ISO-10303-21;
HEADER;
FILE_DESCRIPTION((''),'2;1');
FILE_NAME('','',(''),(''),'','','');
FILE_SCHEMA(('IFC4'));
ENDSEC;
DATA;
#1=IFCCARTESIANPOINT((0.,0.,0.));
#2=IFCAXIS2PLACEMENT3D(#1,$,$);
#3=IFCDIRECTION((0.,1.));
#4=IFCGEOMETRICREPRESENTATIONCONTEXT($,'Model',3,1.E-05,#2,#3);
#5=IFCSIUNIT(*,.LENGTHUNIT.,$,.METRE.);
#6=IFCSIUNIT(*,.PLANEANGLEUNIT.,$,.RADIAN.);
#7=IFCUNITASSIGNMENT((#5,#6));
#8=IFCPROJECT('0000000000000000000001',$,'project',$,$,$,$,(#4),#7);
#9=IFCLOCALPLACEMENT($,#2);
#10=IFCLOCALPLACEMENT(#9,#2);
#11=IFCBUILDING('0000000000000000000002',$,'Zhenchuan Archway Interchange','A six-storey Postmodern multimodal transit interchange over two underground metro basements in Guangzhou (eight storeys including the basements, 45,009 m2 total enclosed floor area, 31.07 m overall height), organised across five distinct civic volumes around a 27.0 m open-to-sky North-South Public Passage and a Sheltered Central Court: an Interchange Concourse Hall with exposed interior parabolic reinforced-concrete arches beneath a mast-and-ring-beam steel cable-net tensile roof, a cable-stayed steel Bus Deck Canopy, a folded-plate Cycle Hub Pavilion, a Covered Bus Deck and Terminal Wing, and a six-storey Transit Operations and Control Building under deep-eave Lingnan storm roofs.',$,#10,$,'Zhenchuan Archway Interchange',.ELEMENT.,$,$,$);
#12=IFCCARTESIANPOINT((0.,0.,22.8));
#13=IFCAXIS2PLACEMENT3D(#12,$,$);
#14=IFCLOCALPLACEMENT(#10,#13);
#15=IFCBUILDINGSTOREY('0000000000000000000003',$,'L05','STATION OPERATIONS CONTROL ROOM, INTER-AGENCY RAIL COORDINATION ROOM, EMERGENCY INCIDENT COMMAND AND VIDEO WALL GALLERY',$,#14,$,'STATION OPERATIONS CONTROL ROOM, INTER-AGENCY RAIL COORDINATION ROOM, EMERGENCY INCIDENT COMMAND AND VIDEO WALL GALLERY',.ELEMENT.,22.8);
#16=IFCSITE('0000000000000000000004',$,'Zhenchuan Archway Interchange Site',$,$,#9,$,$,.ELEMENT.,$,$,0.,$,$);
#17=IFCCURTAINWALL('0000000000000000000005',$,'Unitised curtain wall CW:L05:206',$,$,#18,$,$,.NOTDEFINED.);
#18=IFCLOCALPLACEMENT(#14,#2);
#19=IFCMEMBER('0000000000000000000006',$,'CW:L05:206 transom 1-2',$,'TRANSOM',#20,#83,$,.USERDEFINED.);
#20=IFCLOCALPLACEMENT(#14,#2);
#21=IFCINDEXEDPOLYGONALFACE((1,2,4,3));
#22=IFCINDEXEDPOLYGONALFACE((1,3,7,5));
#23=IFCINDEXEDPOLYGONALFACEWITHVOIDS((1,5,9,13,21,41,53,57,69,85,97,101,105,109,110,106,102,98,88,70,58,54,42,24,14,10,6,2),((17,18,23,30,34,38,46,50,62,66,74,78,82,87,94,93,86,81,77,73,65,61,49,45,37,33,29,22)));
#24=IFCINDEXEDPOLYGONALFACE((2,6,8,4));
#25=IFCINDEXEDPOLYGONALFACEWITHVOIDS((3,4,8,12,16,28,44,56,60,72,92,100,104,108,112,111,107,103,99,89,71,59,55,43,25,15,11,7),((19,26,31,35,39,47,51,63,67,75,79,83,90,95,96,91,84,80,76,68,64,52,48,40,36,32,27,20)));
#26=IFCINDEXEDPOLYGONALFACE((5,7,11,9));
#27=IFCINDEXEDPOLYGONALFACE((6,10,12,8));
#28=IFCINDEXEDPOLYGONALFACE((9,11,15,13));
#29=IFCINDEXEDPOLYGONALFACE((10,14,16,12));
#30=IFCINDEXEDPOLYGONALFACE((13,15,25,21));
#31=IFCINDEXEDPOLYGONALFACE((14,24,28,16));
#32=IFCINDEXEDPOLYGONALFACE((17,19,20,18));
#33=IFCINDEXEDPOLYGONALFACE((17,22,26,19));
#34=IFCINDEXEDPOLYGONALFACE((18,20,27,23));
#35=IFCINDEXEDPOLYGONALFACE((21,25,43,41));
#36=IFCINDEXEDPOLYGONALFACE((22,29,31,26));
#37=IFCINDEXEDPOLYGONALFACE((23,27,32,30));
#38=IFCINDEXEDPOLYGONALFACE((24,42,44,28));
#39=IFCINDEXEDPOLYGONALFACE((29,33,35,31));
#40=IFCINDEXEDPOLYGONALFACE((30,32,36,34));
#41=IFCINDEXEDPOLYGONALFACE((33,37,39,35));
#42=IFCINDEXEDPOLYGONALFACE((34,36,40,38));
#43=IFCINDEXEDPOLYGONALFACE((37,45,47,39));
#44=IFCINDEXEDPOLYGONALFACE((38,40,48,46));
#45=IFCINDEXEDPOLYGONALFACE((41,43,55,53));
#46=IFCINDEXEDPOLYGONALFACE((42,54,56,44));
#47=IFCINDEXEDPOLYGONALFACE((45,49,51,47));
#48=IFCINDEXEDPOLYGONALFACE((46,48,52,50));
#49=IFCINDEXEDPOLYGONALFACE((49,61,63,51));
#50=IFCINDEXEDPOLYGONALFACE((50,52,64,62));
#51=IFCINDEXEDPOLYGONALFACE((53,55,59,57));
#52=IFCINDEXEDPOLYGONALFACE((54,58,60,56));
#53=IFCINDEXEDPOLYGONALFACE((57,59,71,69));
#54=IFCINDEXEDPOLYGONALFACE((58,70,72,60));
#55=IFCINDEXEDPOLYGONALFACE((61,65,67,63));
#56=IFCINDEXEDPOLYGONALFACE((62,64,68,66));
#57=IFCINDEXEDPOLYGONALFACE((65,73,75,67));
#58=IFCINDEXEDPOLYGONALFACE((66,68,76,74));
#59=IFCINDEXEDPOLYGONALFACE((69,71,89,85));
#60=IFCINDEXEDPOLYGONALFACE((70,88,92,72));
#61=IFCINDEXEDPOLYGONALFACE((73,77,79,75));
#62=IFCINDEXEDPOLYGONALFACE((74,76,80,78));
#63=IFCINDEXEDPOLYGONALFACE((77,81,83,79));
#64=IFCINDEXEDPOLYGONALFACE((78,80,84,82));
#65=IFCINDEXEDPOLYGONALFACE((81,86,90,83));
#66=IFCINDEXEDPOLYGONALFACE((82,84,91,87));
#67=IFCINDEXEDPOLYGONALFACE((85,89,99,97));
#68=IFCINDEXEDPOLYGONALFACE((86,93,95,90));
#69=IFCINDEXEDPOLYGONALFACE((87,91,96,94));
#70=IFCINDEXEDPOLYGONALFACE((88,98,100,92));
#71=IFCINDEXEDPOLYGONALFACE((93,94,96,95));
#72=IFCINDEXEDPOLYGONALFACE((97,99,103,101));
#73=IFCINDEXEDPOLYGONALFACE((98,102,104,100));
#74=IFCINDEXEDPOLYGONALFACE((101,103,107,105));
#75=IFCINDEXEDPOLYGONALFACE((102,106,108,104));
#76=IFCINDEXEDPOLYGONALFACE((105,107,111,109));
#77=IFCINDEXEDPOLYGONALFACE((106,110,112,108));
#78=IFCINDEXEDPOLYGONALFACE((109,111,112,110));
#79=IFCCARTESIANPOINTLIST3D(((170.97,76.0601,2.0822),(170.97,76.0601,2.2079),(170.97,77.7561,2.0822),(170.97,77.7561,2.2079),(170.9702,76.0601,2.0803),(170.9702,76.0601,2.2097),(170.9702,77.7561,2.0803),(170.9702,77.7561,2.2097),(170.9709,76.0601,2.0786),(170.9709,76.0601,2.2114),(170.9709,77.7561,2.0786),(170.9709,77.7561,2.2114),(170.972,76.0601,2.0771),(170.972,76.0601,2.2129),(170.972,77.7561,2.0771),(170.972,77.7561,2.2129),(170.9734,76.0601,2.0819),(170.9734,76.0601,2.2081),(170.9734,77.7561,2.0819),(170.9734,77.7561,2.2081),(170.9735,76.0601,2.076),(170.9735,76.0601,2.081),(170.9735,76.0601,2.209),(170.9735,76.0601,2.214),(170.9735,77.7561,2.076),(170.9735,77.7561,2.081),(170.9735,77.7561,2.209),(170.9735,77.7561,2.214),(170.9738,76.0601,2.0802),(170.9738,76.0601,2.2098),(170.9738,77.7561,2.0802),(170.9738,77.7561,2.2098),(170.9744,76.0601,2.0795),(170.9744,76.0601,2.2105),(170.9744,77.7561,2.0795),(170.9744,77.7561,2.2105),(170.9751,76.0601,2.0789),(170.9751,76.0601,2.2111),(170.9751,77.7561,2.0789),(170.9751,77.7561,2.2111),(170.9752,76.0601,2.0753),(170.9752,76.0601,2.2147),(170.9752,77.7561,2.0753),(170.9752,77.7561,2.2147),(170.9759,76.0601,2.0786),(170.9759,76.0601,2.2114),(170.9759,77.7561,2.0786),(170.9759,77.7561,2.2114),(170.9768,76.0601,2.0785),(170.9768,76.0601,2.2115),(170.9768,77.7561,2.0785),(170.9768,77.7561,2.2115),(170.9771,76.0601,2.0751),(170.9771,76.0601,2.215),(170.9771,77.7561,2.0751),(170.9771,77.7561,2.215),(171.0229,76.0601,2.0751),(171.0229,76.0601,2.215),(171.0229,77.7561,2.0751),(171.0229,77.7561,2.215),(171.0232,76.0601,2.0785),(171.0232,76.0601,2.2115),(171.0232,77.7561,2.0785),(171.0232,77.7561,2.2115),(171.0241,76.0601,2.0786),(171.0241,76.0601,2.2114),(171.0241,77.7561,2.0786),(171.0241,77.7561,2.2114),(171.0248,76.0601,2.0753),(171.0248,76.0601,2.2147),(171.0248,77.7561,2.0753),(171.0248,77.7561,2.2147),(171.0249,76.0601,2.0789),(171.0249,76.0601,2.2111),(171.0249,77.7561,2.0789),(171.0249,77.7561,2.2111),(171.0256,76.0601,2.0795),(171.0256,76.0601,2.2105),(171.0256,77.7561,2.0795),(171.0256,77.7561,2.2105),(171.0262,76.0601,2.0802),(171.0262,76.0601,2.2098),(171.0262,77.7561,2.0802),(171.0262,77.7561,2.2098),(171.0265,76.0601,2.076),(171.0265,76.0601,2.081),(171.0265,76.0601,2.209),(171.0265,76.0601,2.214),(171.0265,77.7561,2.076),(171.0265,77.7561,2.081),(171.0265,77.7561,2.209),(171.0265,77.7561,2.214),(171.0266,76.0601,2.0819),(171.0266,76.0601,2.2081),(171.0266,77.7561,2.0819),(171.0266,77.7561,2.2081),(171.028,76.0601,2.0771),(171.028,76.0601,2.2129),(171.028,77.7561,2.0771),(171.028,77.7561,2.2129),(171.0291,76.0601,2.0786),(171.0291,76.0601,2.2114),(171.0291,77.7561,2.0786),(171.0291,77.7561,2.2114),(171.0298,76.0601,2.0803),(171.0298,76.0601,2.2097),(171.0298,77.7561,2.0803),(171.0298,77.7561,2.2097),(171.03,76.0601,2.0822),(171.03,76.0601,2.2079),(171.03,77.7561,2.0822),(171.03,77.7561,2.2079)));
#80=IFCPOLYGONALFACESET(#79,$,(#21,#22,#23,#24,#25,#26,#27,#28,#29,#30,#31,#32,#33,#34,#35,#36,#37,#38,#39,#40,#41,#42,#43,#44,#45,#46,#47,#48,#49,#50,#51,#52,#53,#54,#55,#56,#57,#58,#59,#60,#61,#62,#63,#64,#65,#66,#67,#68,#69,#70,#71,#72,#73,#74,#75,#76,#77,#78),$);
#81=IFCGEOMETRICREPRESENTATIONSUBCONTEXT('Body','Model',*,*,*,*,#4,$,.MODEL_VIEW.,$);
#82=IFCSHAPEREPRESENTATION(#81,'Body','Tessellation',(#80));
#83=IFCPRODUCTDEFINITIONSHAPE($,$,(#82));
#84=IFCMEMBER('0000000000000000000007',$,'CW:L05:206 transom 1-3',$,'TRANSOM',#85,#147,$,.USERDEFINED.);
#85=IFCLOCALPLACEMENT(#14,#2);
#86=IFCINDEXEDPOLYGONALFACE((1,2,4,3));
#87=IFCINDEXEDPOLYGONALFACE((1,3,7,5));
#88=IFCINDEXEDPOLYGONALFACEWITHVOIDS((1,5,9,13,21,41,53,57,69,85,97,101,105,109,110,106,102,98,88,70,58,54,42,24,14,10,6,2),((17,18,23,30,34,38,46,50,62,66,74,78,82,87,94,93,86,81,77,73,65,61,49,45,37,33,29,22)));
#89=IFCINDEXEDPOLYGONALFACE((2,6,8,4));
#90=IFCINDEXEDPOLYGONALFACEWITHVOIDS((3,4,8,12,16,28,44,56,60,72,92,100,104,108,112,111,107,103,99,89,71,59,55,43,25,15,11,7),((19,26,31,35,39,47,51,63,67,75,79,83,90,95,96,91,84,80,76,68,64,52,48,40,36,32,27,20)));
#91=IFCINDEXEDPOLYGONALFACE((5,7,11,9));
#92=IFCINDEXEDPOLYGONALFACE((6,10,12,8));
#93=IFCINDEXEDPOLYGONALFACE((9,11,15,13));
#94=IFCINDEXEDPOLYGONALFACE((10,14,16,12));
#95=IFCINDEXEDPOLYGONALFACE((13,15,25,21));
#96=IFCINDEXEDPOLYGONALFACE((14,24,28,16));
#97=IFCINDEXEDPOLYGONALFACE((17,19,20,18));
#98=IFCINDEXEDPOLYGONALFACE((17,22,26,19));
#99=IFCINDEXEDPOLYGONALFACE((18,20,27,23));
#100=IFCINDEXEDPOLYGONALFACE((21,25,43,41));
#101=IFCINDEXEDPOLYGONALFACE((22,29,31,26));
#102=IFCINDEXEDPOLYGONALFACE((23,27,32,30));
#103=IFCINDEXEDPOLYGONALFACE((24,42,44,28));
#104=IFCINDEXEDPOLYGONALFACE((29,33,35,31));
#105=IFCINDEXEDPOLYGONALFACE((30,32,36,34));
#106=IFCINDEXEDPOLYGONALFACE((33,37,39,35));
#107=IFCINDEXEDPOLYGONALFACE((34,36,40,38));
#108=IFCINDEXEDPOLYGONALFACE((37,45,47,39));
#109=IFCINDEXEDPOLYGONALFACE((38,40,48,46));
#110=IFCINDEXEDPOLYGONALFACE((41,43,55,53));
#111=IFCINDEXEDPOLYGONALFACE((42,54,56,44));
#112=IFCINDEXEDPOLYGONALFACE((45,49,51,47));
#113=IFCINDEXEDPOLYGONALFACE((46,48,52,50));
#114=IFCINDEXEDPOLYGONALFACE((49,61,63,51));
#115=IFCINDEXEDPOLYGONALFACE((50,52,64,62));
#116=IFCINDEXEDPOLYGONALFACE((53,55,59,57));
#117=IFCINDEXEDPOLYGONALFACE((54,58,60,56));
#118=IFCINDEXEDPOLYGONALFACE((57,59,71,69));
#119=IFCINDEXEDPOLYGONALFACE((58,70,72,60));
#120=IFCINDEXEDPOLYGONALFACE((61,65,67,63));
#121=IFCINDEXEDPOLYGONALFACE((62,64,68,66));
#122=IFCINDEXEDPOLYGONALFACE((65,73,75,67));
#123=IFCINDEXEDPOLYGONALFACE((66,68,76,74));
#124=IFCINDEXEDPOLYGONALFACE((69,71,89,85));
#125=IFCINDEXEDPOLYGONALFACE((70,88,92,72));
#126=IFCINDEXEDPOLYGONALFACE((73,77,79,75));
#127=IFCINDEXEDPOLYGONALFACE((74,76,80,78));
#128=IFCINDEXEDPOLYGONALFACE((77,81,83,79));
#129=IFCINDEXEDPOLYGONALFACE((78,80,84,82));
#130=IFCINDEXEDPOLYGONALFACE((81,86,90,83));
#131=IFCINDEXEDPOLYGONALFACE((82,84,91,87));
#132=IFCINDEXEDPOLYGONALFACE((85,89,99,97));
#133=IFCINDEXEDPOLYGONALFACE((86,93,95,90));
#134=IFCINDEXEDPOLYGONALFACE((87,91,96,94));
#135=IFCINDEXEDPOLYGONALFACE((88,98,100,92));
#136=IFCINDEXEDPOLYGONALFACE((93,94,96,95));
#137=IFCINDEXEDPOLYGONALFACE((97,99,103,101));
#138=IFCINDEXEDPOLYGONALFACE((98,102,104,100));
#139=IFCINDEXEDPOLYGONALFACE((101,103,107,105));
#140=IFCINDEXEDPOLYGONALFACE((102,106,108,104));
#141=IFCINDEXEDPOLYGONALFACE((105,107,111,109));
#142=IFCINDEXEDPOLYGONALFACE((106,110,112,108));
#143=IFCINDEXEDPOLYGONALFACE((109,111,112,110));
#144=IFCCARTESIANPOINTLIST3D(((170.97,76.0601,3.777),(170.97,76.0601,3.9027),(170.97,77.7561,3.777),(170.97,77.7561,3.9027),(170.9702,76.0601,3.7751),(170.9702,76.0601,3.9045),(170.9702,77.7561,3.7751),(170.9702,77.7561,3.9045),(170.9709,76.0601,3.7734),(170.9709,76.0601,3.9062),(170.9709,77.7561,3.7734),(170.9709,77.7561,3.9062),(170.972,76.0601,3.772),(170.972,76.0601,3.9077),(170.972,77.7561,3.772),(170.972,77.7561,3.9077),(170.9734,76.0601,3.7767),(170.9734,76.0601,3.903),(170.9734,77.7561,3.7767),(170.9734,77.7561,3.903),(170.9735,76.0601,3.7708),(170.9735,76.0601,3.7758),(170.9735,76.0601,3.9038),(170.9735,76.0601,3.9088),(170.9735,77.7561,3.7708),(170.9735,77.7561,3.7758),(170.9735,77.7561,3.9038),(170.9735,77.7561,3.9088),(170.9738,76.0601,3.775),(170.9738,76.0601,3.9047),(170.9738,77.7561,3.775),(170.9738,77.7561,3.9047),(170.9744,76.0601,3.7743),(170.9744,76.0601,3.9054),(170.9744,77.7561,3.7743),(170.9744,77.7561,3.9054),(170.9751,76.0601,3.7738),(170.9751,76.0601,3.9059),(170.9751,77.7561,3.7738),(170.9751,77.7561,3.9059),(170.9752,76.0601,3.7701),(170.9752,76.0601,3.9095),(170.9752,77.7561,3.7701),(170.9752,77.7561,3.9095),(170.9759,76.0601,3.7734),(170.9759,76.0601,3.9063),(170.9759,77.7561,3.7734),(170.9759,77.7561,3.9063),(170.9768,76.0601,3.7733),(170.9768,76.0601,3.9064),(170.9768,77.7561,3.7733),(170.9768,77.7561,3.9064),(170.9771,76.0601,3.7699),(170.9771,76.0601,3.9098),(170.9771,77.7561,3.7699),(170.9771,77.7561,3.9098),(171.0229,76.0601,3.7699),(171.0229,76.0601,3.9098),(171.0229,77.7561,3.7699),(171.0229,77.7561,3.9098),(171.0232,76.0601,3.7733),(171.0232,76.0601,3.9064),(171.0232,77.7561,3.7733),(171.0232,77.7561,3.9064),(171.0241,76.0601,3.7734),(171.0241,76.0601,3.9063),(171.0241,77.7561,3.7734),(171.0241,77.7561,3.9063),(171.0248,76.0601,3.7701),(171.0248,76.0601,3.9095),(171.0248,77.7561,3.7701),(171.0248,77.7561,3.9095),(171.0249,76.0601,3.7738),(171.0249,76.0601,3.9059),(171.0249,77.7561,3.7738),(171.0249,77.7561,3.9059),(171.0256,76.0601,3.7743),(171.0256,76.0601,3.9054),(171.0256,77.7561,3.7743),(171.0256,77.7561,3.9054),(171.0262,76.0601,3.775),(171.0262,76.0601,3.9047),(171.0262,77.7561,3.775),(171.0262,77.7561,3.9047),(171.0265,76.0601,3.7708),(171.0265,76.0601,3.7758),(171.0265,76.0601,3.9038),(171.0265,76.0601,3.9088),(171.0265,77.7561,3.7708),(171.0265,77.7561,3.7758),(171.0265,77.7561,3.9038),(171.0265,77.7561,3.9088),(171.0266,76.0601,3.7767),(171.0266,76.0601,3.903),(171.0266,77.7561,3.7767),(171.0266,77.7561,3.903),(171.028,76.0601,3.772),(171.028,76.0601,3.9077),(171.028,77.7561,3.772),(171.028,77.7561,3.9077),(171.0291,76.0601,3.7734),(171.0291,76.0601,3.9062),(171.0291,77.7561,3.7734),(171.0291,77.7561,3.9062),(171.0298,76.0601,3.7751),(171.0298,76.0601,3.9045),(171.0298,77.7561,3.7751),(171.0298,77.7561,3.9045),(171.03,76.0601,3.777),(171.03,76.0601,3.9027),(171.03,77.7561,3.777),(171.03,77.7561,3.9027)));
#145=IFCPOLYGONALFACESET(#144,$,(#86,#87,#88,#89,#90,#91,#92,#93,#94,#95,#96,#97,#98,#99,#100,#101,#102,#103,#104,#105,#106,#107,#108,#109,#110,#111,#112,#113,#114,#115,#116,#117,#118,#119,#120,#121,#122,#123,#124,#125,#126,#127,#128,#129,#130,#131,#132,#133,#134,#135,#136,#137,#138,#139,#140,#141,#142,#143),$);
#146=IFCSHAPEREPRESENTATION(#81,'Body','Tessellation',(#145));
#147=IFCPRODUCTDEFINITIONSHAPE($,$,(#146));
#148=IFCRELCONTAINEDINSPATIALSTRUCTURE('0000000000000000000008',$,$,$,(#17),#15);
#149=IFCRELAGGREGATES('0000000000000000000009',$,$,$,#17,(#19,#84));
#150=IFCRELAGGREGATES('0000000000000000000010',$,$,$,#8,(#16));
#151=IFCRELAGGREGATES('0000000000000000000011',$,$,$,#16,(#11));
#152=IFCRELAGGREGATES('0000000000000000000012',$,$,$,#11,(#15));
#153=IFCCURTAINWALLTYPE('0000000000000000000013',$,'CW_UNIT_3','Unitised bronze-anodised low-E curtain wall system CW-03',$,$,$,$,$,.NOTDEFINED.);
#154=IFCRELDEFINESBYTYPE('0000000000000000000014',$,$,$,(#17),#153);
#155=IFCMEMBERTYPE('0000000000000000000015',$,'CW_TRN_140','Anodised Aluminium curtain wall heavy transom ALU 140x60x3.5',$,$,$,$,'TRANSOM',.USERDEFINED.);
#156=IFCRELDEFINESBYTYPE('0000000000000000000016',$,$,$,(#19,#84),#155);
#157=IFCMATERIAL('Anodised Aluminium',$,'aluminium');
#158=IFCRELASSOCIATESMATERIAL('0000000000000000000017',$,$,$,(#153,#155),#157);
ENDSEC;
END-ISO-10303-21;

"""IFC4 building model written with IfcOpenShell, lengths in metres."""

from ifc_helpers import new_model, si_unit, direction, frame, origin, origin_2d, place, context, subcontext, project, spatial, hollow_rectangle, extrude, material, material_profile, profile_set, type_object, element, aggregate, save


model = new_model("IFC4")

# Units and contexts
model_context = context("Model", 3, precision=1e-05, world=origin(), true_north=direction((0.0, 1.0)))
body_context = subcontext(model_context, "Body", "Model", "MODEL_VIEW")
ifc_project = project(units=[si_unit("LENGTHUNIT", "METRE"), si_unit("PLANEANGLEUNIT", "RADIAN")], contexts=[model_context])

# Site, building, storey
site_placement = place(None, origin())
site = spatial("IfcSite", under=ifc_project, at=site_placement, Name="Zhenchuan Archway Interchange Site", CompositionType="ELEMENT", RefElevation=0.0)
building_placement = place(site_placement, origin())
building = spatial("IfcBuilding", under=site, at=building_placement, Name="Zhenchuan Archway Interchange", Description="A six-storey Postmodern multimodal transit interchange over two underground metro basements in Guangzhou (eight storeys including the basements, 45,009 m2 total enclosed floor area, 31.07 m overall height), organised across five distinct civic volumes around a 27.0 m open-to-sky North-South Public Passage and a Sheltered Central Court: an Interchange Concourse Hall with exposed interior parabolic reinforced-concrete arches beneath a mast-and-ring-beam steel cable-net tensile roof, a cable-stayed steel Bus Deck Canopy, a folded-plate Cycle Hub Pavilion, a Covered Bus Deck and Terminal Wing, and a six-storey Transit Operations and Control Building under deep-eave Lingnan storm roofs.", LongName="Zhenchuan Archway Interchange", CompositionType="ELEMENT")
storey_placement = place(building_placement, frame((0.0, 0.0, 22.8)))
storey = spatial("IfcBuildingStorey", under=building, at=storey_placement, Name="L05", Description="STATION OPERATIONS CONTROL ROOM, INTER-AGENCY RAIL COORDINATION ROOM, EMERGENCY INCIDENT COMMAND AND VIDEO WALL GALLERY", LongName="STATION OPERATIONS CONTROL ROOM, INTER-AGENCY RAIL COORDINATION ROOM, EMERGENCY INCIDENT COMMAND AND VIDEO WALL GALLERY", CompositionType="ELEMENT", Elevation=22.8)

# Curtain wall, members
ifc_material_1 = material(Name="Anodised Aluminium", Category="aluminium")
curtain_wall_type = type_object("IfcCurtainWallType", Name="CW_UNIT_3", Description="Unitised bronze-anodised low-E curtain wall system CW-03", PredefinedType="NOTDEFINED", material=ifc_material_1)
curtain_wall_placement = place(storey_placement, origin())
curtain_wall = element("IfcCurtainWall", 1, at=curtain_wall_placement, inside=storey, type_object=curtain_wall_type, Name="Unitised curtain wall CW:L05:206", PredefinedType="NOTDEFINED")
ifc_material_profile_1 = material_profile(ifc_material_1, hollow_rectangle(XDim=0.0601, YDim=0.1399, WallThickness=0.0034, InnerFilletRadius=0.0034, OuterFilletRadius=0.0071, at=origin_2d()), Name="ALU 140x60x3.5")
ifc_profile_set_1 = profile_set([ifc_material_profile_1], Name="Anodised Aluminium")
member_type_1 = type_object("IfcMemberType", Name="CW_TRN_140", Description="Anodised Aluminium curtain wall heavy transom ALU 140x60x3.5", ElementType="TRANSOM", PredefinedType="USERDEFINED", material=ifc_profile_set_1)
member_1_placement = place(storey_placement, frame((171.0, 77.7561, 2.145), z_axis=(0.0, -1.0, 0.0), x_axis=(1.0, 0.0, 0.0)))
member_1 = element("IfcMember", 2, at=member_1_placement, type_object=member_type_1, Name="CW:L05:206 transom 1-2", ObjectType="TRANSOM", PredefinedType="USERDEFINED", context=body_context, shape_type="SweptSolid", body=[
    extrude(hollow_rectangle(XDim=0.0601, YDim=0.1399, WallThickness=0.0034, InnerFilletRadius=0.0034, OuterFilletRadius=0.0071, at=origin_2d()), origin(), (0.0, 0.0, 1.0), 1.696),
])
member_2_placement = place(storey_placement, frame((171.0, 77.7561, 3.8398), z_axis=(0.0, -1.0, 0.0), x_axis=(1.0, 0.0, 0.0)))
member_2 = element("IfcMember", 3, at=member_2_placement, type_object=member_type_1, Name="CW:L05:206 transom 1-3", ObjectType="TRANSOM", PredefinedType="USERDEFINED", context=body_context, shape_type="SweptSolid", body=[
    extrude(hollow_rectangle(XDim=0.0601, YDim=0.1399, WallThickness=0.0034, InnerFilletRadius=0.0034, OuterFilletRadius=0.0071, at=origin_2d()), origin(), (0.0, 0.0, 1.0), 1.696),
])

aggregate(curtain_wall, [member_1, member_2])

save(model, "model.ifc")
